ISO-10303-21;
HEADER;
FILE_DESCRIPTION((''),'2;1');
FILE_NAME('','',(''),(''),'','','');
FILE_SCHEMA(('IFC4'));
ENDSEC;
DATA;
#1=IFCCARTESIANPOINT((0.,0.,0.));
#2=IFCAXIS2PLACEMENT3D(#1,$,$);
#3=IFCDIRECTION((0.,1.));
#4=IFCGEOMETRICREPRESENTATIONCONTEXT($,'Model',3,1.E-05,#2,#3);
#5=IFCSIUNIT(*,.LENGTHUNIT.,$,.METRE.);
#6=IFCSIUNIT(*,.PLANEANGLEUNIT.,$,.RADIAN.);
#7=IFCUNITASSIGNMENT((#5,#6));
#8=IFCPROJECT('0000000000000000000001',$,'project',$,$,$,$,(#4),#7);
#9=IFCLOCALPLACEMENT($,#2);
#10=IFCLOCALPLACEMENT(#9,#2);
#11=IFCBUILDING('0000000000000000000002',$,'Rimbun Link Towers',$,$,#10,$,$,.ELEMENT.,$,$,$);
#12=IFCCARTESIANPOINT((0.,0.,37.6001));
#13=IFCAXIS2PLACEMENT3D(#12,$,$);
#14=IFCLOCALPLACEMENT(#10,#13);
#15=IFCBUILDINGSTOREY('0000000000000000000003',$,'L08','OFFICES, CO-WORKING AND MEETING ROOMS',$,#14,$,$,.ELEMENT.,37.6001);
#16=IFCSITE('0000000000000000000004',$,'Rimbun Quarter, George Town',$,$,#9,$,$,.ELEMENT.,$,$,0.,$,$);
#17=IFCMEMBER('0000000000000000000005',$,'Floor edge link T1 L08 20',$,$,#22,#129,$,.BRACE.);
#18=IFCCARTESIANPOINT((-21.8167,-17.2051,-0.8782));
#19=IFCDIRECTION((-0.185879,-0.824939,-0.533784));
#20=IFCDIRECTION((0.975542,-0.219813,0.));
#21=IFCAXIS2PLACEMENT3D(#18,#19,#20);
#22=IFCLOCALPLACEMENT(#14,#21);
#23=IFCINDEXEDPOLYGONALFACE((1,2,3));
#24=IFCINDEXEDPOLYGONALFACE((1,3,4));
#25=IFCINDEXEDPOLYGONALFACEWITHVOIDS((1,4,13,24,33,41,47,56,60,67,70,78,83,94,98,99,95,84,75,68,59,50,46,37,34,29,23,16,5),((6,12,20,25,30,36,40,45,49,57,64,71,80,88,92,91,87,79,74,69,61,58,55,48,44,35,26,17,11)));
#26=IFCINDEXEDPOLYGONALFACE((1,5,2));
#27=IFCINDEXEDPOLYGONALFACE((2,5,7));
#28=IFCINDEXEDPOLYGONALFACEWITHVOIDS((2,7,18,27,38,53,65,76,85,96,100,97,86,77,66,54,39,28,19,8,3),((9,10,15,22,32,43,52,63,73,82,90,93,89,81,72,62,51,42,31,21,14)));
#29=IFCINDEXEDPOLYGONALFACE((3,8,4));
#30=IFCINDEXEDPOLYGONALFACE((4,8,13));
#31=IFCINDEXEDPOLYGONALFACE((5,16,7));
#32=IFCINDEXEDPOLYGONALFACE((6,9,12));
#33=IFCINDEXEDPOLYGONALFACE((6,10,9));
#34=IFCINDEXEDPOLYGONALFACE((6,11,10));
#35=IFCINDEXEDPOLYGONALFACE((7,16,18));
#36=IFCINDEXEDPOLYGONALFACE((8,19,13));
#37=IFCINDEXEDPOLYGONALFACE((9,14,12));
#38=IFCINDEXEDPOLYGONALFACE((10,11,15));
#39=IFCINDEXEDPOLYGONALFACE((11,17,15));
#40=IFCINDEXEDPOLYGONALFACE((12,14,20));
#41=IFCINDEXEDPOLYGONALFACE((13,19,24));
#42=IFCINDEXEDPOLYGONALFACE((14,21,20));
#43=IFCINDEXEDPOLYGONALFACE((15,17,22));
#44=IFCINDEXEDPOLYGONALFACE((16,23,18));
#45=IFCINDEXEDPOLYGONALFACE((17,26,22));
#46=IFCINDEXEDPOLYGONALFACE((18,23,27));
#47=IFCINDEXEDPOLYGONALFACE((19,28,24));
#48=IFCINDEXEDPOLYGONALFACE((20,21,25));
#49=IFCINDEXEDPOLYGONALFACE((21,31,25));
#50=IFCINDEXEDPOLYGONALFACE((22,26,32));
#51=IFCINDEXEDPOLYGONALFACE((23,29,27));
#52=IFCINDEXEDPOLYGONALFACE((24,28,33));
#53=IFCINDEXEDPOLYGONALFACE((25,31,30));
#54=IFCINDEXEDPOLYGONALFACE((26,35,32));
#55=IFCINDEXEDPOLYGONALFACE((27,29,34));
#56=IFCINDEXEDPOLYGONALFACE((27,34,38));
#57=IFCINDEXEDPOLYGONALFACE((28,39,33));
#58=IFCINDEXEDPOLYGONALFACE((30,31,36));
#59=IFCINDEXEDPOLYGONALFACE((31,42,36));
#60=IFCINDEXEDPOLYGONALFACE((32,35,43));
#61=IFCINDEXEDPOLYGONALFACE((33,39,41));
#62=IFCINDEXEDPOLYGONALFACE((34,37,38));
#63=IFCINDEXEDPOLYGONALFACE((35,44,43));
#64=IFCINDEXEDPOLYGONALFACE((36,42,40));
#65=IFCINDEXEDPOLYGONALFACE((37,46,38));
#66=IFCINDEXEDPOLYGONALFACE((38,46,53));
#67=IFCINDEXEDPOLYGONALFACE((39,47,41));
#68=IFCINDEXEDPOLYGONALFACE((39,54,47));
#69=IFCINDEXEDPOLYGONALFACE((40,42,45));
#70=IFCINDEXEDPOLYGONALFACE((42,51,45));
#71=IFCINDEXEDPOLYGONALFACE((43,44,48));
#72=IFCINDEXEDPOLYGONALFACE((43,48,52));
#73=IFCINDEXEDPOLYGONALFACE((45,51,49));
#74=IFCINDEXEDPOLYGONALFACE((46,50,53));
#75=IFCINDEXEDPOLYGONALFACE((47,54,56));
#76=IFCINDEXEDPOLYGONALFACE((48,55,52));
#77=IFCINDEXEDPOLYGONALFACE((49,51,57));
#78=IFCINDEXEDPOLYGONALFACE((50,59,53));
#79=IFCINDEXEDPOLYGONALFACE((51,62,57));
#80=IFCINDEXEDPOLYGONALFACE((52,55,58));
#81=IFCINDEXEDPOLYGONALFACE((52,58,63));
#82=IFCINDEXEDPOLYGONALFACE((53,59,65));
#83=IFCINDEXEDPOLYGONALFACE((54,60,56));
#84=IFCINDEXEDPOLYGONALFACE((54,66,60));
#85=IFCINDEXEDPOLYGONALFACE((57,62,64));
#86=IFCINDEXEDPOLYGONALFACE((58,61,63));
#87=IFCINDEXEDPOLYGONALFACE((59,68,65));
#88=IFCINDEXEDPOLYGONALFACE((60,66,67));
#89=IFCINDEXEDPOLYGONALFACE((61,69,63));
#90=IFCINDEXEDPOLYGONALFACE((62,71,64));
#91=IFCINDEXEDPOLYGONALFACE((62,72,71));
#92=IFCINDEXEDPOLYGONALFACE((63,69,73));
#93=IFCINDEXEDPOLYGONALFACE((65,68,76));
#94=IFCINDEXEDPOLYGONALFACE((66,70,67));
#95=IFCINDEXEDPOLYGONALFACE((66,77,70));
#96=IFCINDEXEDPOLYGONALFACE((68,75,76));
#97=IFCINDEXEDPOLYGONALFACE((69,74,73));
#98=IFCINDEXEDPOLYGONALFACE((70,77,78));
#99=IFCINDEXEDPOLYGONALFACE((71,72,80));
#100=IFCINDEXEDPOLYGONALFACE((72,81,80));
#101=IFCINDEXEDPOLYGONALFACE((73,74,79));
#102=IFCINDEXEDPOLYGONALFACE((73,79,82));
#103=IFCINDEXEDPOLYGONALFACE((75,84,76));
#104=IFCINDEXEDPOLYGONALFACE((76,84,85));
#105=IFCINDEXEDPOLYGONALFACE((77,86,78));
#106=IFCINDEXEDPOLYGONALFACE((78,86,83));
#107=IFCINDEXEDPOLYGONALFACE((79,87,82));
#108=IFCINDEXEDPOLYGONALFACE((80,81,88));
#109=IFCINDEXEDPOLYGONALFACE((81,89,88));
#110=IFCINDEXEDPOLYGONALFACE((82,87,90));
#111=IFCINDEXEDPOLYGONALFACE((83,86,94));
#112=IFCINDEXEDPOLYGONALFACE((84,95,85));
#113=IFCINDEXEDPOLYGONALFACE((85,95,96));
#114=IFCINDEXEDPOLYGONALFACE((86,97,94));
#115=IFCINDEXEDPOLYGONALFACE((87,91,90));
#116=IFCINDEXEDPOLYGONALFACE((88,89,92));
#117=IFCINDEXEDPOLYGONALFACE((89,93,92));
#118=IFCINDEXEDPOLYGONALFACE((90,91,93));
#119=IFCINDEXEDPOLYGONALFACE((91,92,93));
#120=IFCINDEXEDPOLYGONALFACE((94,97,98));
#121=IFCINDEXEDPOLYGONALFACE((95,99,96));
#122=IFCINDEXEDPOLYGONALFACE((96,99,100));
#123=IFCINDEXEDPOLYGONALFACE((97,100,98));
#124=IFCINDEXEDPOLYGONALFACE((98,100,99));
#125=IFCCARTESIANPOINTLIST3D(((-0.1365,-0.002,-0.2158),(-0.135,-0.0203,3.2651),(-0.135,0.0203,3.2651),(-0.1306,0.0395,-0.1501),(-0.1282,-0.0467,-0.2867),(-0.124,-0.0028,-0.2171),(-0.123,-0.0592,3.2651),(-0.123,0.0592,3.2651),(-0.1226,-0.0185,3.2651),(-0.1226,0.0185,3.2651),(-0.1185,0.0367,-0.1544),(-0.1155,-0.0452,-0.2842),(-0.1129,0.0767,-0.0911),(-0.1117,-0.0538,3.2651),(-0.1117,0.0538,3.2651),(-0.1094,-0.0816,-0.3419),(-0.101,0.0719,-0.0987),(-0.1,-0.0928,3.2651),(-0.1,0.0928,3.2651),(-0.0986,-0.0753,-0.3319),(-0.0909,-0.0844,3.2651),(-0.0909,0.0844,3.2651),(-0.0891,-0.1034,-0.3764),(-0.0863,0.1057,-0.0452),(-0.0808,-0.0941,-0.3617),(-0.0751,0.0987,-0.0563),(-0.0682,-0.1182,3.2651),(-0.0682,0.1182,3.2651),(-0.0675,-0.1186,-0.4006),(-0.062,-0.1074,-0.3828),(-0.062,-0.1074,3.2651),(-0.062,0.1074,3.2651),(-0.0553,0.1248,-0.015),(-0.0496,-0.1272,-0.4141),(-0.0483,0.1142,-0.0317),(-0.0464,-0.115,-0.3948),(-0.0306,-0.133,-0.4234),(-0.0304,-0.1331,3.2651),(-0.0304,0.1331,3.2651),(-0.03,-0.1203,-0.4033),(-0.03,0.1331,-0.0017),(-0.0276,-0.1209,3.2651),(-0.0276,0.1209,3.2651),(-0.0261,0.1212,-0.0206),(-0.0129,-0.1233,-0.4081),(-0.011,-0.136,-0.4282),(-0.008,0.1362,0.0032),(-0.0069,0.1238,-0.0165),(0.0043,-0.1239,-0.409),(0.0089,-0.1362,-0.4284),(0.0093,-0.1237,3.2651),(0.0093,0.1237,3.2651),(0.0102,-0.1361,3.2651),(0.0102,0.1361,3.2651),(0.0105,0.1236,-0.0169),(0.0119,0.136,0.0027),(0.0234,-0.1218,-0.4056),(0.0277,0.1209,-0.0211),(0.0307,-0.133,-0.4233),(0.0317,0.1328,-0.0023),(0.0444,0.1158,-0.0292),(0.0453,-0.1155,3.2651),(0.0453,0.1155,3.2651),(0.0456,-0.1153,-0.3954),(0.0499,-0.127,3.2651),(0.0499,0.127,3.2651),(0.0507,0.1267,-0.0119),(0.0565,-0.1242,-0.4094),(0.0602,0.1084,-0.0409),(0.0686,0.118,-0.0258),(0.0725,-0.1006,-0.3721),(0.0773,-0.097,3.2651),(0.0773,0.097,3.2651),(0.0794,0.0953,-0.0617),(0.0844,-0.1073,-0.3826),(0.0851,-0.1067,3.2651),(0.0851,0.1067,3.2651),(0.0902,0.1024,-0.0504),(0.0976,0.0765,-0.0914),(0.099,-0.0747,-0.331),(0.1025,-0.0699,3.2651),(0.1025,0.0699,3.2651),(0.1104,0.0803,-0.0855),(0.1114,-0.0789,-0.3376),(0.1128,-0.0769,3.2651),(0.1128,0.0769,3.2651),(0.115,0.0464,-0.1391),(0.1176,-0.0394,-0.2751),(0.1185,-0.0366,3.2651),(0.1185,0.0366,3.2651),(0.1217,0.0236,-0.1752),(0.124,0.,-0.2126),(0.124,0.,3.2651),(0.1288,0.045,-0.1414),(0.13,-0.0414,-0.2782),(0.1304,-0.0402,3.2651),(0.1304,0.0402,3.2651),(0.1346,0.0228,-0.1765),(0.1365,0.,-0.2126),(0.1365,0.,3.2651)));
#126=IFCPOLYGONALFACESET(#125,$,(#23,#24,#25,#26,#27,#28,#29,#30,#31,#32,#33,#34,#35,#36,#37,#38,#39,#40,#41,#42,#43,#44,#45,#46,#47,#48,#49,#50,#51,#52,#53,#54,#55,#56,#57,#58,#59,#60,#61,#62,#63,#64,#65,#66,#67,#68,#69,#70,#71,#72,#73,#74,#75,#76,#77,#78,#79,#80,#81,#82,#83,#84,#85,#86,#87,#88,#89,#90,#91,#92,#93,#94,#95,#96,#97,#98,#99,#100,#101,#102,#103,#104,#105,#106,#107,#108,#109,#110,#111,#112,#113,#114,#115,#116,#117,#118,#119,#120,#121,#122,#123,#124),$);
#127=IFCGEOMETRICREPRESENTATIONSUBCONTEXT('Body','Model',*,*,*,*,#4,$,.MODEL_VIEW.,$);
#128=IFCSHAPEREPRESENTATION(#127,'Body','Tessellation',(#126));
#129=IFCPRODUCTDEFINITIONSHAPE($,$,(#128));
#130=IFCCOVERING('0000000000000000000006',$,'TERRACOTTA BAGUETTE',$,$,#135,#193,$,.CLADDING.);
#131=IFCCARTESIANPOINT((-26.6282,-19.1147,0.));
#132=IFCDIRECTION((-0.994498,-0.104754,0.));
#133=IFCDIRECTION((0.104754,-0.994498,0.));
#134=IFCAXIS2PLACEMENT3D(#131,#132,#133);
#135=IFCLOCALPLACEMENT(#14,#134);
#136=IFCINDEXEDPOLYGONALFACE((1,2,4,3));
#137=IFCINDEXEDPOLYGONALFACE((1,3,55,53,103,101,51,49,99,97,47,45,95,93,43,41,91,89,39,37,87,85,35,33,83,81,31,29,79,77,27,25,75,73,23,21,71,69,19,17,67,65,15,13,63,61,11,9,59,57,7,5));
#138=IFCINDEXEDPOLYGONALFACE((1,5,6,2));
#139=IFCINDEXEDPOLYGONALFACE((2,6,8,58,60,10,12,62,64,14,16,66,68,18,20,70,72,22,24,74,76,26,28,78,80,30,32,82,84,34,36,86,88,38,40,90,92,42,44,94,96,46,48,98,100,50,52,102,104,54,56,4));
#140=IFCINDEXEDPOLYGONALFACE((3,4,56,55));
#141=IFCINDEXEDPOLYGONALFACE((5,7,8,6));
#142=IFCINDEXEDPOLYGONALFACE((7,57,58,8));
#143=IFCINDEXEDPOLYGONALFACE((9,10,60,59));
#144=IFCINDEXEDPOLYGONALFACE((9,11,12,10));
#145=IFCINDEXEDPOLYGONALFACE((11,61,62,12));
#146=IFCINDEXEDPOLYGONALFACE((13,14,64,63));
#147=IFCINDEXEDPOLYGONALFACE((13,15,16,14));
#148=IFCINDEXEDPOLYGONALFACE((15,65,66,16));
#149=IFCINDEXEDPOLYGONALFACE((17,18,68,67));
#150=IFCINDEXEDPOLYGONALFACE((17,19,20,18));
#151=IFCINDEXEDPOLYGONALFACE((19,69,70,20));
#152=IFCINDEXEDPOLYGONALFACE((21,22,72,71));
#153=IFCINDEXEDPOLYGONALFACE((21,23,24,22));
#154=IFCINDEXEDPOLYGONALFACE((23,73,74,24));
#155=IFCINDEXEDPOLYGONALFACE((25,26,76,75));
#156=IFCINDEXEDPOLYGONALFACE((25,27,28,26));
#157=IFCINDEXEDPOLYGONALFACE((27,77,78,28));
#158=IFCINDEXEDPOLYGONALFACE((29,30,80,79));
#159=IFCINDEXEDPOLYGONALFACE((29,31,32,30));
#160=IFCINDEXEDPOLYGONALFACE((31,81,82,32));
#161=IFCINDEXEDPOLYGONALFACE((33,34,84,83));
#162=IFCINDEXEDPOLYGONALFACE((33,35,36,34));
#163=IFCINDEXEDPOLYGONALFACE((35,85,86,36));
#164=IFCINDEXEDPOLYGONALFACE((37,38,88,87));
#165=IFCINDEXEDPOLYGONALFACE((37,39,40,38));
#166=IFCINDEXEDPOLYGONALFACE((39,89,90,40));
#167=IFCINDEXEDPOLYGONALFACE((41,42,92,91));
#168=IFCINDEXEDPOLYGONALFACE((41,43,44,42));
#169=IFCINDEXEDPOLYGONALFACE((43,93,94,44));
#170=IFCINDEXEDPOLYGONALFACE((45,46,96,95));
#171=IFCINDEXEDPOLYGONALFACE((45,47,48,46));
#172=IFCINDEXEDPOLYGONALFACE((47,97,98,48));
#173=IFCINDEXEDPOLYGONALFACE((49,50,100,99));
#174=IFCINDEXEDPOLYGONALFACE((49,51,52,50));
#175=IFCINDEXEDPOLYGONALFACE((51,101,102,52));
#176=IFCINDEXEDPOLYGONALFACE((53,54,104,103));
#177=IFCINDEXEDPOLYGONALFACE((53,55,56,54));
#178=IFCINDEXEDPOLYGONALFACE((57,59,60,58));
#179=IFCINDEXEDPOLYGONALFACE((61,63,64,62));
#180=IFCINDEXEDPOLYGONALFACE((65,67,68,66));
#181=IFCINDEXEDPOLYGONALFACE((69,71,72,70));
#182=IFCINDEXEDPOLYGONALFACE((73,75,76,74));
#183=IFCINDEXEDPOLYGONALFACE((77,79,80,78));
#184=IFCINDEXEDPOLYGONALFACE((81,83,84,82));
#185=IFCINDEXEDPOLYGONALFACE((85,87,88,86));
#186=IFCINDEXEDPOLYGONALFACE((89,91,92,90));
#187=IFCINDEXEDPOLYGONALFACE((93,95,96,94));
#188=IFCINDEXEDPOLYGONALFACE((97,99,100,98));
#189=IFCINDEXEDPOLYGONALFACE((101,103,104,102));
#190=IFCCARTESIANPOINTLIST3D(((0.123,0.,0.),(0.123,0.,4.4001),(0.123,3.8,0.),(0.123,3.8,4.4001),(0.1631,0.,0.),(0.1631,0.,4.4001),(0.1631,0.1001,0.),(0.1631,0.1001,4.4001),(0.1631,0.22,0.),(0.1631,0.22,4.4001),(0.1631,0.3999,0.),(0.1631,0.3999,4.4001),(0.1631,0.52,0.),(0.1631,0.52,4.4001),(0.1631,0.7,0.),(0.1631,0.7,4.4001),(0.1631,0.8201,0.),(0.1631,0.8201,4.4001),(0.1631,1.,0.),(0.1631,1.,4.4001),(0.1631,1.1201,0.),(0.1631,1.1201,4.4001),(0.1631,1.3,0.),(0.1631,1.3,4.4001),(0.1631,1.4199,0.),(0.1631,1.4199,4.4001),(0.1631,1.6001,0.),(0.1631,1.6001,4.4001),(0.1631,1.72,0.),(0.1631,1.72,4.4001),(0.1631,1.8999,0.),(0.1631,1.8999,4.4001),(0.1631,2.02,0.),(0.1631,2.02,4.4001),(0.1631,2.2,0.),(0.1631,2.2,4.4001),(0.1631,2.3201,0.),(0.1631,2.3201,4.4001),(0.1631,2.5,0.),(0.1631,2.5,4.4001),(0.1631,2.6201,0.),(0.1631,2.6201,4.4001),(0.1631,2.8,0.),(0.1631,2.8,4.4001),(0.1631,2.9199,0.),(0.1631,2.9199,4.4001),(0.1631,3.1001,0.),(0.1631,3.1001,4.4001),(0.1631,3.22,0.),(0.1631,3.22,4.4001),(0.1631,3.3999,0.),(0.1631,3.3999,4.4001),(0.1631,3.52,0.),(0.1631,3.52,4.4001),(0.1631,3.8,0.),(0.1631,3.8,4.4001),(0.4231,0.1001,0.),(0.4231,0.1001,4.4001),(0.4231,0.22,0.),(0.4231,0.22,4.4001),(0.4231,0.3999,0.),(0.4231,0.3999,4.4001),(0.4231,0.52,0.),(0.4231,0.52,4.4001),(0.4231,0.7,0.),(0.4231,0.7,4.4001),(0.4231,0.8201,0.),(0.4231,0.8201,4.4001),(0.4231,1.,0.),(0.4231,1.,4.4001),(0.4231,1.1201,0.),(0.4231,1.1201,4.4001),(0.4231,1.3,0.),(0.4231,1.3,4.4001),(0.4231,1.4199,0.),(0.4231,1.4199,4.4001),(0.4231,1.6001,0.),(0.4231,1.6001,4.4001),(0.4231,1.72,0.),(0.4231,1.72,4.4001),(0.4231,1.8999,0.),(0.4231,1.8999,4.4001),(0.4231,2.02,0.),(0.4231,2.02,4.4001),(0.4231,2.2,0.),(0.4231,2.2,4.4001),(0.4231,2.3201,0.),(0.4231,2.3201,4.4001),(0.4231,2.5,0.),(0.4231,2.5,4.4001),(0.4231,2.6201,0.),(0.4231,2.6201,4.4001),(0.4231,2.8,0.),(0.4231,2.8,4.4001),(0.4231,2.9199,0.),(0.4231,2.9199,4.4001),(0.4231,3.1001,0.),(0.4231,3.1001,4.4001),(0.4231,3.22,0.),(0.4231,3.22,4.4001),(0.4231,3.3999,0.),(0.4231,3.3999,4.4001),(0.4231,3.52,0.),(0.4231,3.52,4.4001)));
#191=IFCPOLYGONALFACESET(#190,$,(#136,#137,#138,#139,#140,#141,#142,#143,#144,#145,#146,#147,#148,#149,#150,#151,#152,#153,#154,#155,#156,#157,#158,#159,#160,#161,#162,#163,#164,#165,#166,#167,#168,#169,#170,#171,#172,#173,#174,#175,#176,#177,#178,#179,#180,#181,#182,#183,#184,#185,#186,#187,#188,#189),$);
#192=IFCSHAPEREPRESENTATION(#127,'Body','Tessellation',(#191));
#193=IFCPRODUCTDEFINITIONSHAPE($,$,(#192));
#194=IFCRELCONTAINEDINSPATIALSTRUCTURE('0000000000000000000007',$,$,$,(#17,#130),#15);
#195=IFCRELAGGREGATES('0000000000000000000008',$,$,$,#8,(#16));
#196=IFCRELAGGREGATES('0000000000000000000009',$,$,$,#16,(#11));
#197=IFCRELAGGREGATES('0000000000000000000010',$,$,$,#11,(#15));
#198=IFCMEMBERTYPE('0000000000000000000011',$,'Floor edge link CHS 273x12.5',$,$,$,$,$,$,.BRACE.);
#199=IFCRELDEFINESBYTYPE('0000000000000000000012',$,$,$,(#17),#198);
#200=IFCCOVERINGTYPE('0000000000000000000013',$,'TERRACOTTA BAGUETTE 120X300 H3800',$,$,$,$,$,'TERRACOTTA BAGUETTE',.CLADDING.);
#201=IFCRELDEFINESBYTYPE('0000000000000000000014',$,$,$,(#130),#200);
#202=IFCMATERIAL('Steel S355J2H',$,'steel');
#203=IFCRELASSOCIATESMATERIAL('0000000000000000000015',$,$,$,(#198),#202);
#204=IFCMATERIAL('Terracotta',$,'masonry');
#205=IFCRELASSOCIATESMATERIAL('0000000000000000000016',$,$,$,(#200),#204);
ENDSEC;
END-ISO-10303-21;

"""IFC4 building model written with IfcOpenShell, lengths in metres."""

from ifc_helpers import new_model, si_unit, direction, frame, origin, origin_2d, place, context, subcontext, project, spatial, polyline, hollow_circle, outline, extrude, clip, halfspace, material, material_profile, profile_set, type_object, element, save


model = new_model("IFC4")

# Units and contexts
model_context = context("Model", 3, precision=1e-05, world=origin(), true_north=direction((0.0, 1.0)))
body_context = subcontext(model_context, "Body", "Model", "MODEL_VIEW")
ifc_project = project(units=[si_unit("LENGTHUNIT", "METRE"), si_unit("PLANEANGLEUNIT", "RADIAN")], contexts=[model_context])

# Site, building, storey
site_placement = place(None, origin())
site = spatial("IfcSite", under=ifc_project, at=site_placement, Name="Rimbun Quarter, George Town", CompositionType="ELEMENT", RefElevation=0.0)
building_placement = place(site_placement, origin())
building = spatial("IfcBuilding", under=site, at=building_placement, Name="Rimbun Link Towers", CompositionType="ELEMENT")
storey_placement = place(building_placement, frame((0.0, 0.0, 37.6001)))
storey = spatial("IfcBuildingStorey", under=building, at=storey_placement, Name="L08", Description="OFFICES, CO-WORKING AND MEETING ROOMS", CompositionType="ELEMENT", Elevation=37.6001)

# Member
ifc_material_1 = material(Name="Steel S355J2H", Category="steel")
ifc_material_profile_1 = material_profile(ifc_material_1, hollow_circle(Radius=0.1365, WallThickness=0.0125, at=origin_2d()), Name="CHS 273x12.5")
ifc_profile_set_1 = profile_set([ifc_material_profile_1], Name="Steel S355J2H")
member_type_1 = type_object("IfcMemberType", Name="Floor edge link CHS 273x12.5", PredefinedType="BRACE", material=ifc_profile_set_1)
member_1_placement = place(storey_placement, frame((-21.8167, -17.2051, -0.8782), z_axis=(-0.185879, -0.824939, -0.533784), x_axis=(0.975542, -0.219813, 0.0)))
element("IfcMember", 1, at=member_1_placement, inside=storey, type_object=member_type_1, Name="Floor edge link T1 L08 20", PredefinedType="BRACE", context=body_context, shape_type="Clipping", body=[
    clip(extrude(hollow_circle(Radius=0.1365, WallThickness=0.0125, at=origin_2d()), frame((0.0, 0.0, -0.4512)), (0.0, 0.0, 1.0), 3.7163), halfspace(frame((0.0, 0.0, -0.2126), z_axis=(0.0, 0.845621, -0.533784)), False)),
])

# Covering
ifc_material_2 = material(Name="Terracotta", Category="masonry")
ifc_material_profile_2 = material_profile(ifc_material_2, outline(polyline([(0.123, 0.0), (0.1631, 0.0), (0.1631, 0.1001), (0.4231, 0.1001), (0.4231, 0.22), (0.1631, 0.22), (0.1631, 0.3999), (0.4231, 0.3999), (0.4231, 0.52), (0.1631, 0.52), (0.1631, 0.7), (0.4231, 0.7), (0.4231, 0.8201), (0.1631, 0.8201), (0.1631, 1.0), (0.4231, 1.0), (0.4231, 1.1201), (0.1631, 1.1201), (0.1631, 1.3), (0.4231, 1.3), (0.4231, 1.4199), (0.1631, 1.4199), (0.1631, 1.6001), (0.4231, 1.6001), (0.4231, 1.72), (0.1631, 1.72), (0.1631, 1.8999), (0.4231, 1.8999), (0.4231, 2.02), (0.1631, 2.02), (0.1631, 2.2), (0.4231, 2.2), (0.4231, 2.3201), (0.1631, 2.3201), (0.1631, 2.5), (0.4231, 2.5), (0.4231, 2.6201), (0.1631, 2.6201), (0.1631, 2.8), (0.4231, 2.8), (0.4231, 2.9199), (0.1631, 2.9199), (0.1631, 3.1001), (0.4231, 3.1001), (0.4231, 3.22), (0.1631, 3.22), (0.1631, 3.3999), (0.4231, 3.3999), (0.4231, 3.52), (0.1631, 3.52), (0.1631, 3.8), (0.123, 3.8), (0.123, 0.0)])), Name="BAGUETTE 120X300")
ifc_profile_set_2 = profile_set([ifc_material_profile_2], Name="Terracotta")
covering_type = type_object("IfcCoveringType", Name="TERRACOTTA BAGUETTE 120X300 H3800", ElementType="TERRACOTTA BAGUETTE", PredefinedType="CLADDING", material=ifc_profile_set_2)
covering_1_placement = place(storey_placement, frame((-26.6282, -19.1147, 0.0), z_axis=(-0.994498, -0.104754, 0.0), x_axis=(0.104754, -0.994498, 0.0)))
element("IfcCovering", 2, at=covering_1_placement, inside=storey, type_object=covering_type, Name="TERRACOTTA BAGUETTE", PredefinedType="CLADDING", context=body_context, shape_type="SweptSolid", body=[
    extrude(outline(polyline([(0.123, 0.0), (0.1631, 0.0), (0.1631, 0.1001), (0.4231, 0.1001), (0.4231, 0.22), (0.1631, 0.22), (0.1631, 0.3999), (0.4231, 0.3999), (0.4231, 0.52), (0.1631, 0.52), (0.1631, 0.7), (0.4231, 0.7), (0.4231, 0.8201), (0.1631, 0.8201), (0.1631, 1.0), (0.4231, 1.0), (0.4231, 1.1201), (0.1631, 1.1201), (0.1631, 1.3), (0.4231, 1.3), (0.4231, 1.4199), (0.1631, 1.4199), (0.1631, 1.6001), (0.4231, 1.6001), (0.4231, 1.72), (0.1631, 1.72), (0.1631, 1.8999), (0.4231, 1.8999), (0.4231, 2.02), (0.1631, 2.02), (0.1631, 2.2), (0.4231, 2.2), (0.4231, 2.3201), (0.1631, 2.3201), (0.1631, 2.5), (0.4231, 2.5), (0.4231, 2.6201), (0.1631, 2.6201), (0.1631, 2.8), (0.4231, 2.8), (0.4231, 2.9199), (0.1631, 2.9199), (0.1631, 3.1001), (0.4231, 3.1001), (0.4231, 3.22), (0.1631, 3.22), (0.1631, 3.3999), (0.4231, 3.3999), (0.4231, 3.52), (0.1631, 3.52), (0.1631, 3.8), (0.123, 3.8), (0.123, 0.0)])), origin(), (0.0, 0.0, 1.0), 4.4001),
])

save(model, "model.ifc")
